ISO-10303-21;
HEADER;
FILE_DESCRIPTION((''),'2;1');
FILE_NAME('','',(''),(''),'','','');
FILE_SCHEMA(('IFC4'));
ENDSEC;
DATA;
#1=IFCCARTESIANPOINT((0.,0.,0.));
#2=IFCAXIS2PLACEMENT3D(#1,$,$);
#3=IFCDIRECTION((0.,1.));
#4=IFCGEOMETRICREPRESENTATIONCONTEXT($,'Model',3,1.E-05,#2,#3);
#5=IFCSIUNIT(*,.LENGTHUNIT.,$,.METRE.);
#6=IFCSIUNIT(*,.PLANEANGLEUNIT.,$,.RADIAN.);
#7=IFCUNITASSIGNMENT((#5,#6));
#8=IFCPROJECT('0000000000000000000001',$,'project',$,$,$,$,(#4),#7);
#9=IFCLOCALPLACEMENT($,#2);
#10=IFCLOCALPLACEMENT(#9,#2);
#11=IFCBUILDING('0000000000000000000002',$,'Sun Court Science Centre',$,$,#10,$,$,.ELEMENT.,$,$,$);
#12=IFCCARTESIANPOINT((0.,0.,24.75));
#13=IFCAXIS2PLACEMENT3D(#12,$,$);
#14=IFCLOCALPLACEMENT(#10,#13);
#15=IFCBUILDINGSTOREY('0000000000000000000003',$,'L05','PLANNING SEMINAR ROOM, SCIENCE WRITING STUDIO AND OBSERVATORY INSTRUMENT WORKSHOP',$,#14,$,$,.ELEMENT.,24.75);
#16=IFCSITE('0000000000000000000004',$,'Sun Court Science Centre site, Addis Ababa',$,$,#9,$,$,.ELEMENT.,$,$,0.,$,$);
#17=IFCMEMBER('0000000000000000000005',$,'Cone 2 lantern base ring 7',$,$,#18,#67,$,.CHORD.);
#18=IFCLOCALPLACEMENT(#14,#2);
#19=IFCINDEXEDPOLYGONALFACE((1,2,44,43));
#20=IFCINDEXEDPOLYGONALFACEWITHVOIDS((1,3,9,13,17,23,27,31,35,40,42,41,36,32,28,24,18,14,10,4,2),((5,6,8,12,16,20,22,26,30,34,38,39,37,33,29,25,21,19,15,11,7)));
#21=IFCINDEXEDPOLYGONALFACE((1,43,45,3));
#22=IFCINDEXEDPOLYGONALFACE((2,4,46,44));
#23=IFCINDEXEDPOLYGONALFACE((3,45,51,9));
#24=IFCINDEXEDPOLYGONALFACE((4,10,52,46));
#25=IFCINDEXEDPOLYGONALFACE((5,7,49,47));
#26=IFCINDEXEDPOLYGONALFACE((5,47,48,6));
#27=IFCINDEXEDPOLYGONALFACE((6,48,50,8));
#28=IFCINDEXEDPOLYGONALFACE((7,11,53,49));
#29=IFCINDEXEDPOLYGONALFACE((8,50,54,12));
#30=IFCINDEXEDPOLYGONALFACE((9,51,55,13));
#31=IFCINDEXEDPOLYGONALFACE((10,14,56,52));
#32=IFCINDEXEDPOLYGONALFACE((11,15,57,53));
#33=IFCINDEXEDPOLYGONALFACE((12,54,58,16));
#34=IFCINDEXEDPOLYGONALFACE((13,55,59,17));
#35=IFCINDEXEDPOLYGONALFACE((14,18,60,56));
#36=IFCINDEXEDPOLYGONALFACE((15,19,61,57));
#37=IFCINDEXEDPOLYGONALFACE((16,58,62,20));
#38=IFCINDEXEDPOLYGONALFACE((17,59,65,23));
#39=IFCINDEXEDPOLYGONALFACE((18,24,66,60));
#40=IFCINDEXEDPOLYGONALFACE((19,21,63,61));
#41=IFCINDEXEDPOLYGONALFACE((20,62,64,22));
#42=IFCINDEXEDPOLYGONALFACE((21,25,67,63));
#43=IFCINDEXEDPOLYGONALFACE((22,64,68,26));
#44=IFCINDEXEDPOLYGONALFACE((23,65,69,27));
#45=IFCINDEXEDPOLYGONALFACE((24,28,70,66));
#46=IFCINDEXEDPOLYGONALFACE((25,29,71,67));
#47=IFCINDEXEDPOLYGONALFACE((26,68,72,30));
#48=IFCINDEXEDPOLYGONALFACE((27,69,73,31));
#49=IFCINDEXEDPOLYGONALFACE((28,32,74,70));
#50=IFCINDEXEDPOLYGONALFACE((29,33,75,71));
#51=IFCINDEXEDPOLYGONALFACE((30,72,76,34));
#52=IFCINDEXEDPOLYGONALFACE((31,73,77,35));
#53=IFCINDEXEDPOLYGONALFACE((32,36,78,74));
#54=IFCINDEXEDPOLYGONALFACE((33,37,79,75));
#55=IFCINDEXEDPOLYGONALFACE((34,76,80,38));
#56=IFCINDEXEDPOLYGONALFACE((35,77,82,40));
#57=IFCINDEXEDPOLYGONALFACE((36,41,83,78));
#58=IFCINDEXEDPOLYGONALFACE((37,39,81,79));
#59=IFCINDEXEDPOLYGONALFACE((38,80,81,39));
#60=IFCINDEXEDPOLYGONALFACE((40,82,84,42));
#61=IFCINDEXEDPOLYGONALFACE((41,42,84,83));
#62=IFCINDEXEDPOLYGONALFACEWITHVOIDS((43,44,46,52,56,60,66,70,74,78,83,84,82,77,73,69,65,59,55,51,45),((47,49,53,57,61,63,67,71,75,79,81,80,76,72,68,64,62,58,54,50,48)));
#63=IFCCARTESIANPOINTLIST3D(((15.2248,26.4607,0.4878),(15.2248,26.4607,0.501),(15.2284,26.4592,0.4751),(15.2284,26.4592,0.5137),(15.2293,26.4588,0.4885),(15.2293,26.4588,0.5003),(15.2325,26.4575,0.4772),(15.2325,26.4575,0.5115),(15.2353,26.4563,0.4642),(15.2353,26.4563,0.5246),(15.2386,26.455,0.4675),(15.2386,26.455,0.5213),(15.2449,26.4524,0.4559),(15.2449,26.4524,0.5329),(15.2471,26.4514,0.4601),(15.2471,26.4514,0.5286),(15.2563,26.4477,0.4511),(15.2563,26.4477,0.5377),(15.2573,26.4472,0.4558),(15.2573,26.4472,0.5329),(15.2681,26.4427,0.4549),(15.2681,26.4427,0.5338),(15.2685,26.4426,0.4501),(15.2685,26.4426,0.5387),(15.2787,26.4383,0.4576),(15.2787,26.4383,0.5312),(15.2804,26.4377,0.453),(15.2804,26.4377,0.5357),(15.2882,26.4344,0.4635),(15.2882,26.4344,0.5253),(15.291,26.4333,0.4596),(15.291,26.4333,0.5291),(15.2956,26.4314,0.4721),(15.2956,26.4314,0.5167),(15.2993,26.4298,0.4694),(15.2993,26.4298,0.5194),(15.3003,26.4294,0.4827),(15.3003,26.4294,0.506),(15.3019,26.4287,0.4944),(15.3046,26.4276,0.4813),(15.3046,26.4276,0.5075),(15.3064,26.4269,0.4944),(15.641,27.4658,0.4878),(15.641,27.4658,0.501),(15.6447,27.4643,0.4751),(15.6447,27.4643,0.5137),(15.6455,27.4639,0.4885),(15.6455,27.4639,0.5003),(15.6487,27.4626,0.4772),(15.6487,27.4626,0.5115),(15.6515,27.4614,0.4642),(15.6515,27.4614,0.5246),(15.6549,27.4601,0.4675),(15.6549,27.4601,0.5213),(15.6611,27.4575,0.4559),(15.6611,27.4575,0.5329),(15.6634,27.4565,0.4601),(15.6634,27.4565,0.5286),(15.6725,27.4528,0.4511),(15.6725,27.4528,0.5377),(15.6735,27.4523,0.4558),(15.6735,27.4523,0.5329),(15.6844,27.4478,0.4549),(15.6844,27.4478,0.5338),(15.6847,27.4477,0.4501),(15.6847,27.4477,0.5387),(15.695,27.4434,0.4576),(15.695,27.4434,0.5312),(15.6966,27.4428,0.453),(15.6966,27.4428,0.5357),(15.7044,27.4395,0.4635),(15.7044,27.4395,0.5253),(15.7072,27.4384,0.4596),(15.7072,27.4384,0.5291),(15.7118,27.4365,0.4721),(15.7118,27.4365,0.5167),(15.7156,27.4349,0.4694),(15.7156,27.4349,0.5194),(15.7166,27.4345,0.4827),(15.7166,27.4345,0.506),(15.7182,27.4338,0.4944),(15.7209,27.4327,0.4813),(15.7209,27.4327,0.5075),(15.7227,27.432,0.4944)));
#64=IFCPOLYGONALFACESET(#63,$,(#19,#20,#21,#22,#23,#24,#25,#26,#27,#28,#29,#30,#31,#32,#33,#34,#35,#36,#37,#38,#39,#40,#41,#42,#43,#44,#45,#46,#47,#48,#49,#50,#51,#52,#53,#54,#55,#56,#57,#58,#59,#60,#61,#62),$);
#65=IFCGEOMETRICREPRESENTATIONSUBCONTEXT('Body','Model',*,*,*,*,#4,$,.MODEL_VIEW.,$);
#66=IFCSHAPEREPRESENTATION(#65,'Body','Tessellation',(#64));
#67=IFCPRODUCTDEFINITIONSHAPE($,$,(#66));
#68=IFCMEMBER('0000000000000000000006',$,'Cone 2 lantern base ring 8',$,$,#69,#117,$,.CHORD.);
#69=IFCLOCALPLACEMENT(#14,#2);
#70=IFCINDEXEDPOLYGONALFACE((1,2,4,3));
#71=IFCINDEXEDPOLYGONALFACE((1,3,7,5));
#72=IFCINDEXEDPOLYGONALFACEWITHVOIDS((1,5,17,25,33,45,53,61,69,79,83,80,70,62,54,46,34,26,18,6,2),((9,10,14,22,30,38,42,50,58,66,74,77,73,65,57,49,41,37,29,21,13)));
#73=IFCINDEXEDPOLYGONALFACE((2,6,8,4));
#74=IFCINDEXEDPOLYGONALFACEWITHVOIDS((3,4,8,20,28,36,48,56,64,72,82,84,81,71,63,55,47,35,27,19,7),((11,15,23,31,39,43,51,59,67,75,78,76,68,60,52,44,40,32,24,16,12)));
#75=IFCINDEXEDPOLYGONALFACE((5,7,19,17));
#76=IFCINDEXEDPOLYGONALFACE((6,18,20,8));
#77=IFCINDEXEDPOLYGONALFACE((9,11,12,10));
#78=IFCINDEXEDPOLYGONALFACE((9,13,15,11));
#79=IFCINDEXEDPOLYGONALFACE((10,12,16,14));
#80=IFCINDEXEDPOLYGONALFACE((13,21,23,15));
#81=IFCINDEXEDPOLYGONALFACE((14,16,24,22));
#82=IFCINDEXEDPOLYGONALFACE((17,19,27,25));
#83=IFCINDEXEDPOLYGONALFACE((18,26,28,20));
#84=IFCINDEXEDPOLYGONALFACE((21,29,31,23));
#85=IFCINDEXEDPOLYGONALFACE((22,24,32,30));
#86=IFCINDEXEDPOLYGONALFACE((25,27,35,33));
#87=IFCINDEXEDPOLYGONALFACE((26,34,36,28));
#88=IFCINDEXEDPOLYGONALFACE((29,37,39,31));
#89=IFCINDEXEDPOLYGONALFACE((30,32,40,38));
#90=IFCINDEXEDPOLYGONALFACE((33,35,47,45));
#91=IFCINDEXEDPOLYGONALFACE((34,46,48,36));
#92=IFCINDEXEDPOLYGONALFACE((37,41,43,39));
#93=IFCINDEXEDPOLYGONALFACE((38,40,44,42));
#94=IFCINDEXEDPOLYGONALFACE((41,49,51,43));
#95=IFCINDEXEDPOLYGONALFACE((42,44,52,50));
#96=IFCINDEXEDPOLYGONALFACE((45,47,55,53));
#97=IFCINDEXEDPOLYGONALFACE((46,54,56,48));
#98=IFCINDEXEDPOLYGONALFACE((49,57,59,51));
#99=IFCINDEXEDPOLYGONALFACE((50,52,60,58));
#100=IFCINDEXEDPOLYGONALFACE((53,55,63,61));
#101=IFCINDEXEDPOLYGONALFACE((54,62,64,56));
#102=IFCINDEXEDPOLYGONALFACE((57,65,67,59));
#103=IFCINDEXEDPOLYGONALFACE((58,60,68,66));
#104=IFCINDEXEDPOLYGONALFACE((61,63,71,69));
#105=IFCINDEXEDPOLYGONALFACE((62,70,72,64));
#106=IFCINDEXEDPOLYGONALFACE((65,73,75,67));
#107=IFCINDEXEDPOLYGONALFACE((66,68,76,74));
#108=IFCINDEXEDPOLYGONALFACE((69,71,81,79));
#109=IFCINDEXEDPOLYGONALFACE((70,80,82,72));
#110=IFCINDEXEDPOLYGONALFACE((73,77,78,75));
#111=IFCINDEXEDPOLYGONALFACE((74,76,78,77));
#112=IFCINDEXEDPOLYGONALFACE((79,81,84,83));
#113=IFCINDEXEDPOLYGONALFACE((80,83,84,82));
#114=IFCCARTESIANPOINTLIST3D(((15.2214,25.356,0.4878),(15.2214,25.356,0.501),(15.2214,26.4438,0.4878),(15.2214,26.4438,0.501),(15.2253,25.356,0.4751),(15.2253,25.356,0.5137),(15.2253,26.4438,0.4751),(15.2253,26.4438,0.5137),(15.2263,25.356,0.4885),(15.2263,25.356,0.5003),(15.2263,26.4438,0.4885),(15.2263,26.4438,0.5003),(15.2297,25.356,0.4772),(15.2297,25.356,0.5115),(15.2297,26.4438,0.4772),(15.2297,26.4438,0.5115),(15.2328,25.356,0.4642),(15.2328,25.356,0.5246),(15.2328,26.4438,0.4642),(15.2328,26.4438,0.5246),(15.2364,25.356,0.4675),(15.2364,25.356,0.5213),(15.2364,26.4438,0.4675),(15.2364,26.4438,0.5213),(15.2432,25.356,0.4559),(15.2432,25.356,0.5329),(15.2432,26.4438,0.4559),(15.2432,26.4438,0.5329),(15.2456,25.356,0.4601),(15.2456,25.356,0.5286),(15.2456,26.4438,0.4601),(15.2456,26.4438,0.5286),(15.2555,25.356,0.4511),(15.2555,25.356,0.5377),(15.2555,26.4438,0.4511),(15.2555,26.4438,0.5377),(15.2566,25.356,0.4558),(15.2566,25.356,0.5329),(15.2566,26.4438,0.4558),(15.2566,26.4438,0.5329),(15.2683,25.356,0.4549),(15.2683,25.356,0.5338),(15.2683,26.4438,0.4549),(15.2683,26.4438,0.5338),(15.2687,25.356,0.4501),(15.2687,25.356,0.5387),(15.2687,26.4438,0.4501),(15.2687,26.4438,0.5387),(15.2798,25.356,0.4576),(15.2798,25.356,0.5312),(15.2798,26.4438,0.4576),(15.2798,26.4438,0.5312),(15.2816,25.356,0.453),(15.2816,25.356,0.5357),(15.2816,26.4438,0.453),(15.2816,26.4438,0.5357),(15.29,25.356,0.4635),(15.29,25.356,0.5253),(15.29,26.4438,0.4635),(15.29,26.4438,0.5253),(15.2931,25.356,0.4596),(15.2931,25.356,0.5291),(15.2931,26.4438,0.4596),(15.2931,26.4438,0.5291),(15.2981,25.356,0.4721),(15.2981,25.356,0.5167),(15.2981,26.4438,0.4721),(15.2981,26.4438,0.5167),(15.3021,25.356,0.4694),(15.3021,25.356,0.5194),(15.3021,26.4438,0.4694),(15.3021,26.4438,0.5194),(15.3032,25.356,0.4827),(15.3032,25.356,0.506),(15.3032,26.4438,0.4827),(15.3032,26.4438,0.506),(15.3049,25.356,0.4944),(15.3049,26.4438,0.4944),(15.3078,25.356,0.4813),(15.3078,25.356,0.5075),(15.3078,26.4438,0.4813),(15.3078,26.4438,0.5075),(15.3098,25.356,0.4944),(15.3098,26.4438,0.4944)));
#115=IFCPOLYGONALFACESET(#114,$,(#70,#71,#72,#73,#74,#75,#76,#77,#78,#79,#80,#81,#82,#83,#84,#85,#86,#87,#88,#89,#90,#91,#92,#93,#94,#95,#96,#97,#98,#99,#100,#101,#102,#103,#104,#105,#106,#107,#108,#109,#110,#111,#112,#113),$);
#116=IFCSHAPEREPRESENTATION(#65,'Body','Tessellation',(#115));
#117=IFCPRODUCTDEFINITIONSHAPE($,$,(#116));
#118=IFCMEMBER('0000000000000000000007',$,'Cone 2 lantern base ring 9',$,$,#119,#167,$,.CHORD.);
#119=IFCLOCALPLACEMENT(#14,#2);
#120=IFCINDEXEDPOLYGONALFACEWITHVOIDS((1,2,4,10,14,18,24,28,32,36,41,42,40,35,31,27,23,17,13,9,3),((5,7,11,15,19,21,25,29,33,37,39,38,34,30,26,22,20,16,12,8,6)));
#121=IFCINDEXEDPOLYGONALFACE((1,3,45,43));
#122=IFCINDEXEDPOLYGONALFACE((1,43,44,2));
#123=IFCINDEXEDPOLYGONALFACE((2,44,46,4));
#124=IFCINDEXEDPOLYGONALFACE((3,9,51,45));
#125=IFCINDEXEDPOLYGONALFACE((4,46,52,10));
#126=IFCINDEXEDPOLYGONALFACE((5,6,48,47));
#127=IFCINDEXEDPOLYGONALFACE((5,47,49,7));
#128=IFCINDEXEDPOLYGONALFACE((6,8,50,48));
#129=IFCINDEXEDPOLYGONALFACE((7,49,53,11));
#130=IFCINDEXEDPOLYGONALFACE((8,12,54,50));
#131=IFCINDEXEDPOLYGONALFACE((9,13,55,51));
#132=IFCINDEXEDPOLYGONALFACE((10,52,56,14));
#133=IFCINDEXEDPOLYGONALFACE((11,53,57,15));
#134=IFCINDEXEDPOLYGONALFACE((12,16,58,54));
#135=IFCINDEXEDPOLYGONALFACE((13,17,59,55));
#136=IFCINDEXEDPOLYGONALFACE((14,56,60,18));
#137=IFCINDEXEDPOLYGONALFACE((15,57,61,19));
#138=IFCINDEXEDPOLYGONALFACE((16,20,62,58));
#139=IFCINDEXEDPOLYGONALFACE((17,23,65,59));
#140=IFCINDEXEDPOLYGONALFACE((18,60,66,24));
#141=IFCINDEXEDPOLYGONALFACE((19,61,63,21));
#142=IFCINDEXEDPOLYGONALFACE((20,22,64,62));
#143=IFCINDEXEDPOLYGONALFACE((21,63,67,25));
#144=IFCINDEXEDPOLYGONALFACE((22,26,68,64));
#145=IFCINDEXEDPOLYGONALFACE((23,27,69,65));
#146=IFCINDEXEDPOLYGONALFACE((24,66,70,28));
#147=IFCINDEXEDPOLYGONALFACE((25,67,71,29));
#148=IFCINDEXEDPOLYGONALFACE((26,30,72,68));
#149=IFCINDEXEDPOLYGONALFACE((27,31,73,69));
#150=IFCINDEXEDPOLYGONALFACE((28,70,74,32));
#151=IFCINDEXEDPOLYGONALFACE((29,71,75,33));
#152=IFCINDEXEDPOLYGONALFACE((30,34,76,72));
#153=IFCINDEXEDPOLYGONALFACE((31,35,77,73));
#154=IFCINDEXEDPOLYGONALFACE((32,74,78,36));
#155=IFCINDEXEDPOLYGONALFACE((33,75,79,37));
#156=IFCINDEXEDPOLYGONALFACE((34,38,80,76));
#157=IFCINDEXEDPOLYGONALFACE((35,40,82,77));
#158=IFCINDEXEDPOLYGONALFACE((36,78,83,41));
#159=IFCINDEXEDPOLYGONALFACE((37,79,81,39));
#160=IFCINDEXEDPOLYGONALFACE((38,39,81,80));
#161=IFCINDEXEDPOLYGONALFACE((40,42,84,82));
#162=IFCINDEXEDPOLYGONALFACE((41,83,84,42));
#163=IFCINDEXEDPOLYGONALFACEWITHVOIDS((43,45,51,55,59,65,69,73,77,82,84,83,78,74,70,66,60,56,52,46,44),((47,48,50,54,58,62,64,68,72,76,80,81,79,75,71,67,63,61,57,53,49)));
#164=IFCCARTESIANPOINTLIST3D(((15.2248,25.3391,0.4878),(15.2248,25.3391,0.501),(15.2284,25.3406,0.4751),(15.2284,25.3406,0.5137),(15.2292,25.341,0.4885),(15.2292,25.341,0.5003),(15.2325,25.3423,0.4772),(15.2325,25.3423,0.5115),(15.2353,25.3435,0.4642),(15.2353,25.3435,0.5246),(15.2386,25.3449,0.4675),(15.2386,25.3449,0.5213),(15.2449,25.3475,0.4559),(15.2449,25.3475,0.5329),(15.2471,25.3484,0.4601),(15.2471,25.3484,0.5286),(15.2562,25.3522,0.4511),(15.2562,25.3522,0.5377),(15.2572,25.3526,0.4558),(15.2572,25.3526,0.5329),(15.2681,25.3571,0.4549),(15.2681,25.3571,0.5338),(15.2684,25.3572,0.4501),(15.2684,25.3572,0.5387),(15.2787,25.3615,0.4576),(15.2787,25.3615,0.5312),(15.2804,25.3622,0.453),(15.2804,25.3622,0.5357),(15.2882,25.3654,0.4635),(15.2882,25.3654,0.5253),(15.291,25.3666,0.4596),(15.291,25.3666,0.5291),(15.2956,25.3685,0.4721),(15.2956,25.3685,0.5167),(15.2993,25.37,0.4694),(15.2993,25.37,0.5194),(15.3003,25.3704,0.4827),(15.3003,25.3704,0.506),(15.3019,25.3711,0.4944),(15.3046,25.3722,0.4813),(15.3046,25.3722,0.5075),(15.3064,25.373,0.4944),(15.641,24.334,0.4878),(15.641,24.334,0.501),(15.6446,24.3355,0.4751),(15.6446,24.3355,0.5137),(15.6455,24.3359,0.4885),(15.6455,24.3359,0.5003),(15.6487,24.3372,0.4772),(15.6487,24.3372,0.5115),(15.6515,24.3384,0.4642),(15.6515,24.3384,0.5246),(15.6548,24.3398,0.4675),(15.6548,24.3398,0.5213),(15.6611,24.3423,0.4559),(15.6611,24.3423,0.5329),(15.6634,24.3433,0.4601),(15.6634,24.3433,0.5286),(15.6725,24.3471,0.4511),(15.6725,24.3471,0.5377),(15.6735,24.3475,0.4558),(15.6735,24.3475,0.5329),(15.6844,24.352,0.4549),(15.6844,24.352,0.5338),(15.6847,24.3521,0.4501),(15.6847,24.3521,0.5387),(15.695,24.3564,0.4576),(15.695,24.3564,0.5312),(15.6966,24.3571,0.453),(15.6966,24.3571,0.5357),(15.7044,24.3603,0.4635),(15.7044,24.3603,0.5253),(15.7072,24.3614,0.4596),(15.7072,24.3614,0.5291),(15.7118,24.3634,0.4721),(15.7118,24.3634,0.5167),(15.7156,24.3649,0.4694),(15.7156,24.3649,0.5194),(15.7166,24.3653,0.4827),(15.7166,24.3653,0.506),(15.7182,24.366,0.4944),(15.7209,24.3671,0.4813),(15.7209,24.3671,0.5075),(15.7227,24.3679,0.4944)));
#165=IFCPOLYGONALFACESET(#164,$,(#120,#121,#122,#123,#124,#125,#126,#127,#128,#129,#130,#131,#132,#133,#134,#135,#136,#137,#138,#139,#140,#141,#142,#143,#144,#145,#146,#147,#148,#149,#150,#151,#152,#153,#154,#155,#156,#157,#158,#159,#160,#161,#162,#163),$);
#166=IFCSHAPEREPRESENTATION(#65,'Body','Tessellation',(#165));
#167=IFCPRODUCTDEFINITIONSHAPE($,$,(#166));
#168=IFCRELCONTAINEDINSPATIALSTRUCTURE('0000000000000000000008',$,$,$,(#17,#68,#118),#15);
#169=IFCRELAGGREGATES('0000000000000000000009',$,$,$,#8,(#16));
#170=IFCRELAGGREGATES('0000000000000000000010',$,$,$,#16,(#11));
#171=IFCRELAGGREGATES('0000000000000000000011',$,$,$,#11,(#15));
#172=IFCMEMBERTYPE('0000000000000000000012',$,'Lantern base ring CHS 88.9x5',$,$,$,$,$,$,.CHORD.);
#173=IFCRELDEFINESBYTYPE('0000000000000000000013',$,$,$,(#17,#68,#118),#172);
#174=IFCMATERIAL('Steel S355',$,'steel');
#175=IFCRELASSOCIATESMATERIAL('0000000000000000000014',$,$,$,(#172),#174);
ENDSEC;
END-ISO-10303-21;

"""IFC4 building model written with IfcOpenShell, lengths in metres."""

from ifc_helpers import new_model, si_unit, direction, frame, origin, origin_2d, place, context, subcontext, project, spatial, hollow_circle, extrude, material, material_profile, profile_set, type_object, element, save


model = new_model("IFC4")

# Units and contexts
model_context = context("Model", 3, precision=1e-05, world=origin(), true_north=direction((0.0, 1.0)))
body_context = subcontext(model_context, "Body", "Model", "MODEL_VIEW")
ifc_project = project(units=[si_unit("LENGTHUNIT", "METRE"), si_unit("PLANEANGLEUNIT", "RADIAN")], contexts=[model_context])

# Site, building, storey
site_placement = place(None, origin())
site = spatial("IfcSite", under=ifc_project, at=site_placement, Name="Sun Court Science Centre site, Addis Ababa", CompositionType="ELEMENT", RefElevation=0.0)
building_placement = place(site_placement, origin())
building = spatial("IfcBuilding", under=site, at=building_placement, Name="Sun Court Science Centre", CompositionType="ELEMENT")
storey_placement = place(building_placement, frame((0.0, 0.0, 24.75)))
storey = spatial("IfcBuildingStorey", under=building, at=storey_placement, Name="L05", Description="PLANNING SEMINAR ROOM, SCIENCE WRITING STUDIO AND OBSERVATORY INSTRUMENT WORKSHOP", CompositionType="ELEMENT", Elevation=24.75)

# Members
ifc_material_1 = material(Name="Steel S355", Category="steel")
ifc_material_profile_1 = material_profile(ifc_material_1, hollow_circle(Radius=0.0444, WallThickness=0.0049, at=origin_2d()), Name="CHS 88.9x5")
ifc_profile_set_1 = profile_set([ifc_material_profile_1], Name="Steel S355")
member_type_1 = type_object("IfcMemberType", Name="Lantern base ring CHS 88.9x5", PredefinedType="CHORD", material=ifc_profile_set_1)
for number, where, z_axis, x_axis, name in (
    (1, (15.6816, 27.449, 0.4944), (-0.382623, -0.923905, 0.0), (0.923905, -0.382623, 0.0), "Cone 2 lantern base ring 7"),
    (2, (15.2654, 26.4438, 0.4944), (0.0, -1.0, 0.0), (1.0, 0.0, 0.0), "Cone 2 lantern base ring 8"),
    (3, (15.2654, 25.356, 0.4944), (0.382623, -0.923905, 0.0), (0.923905, 0.382623, 0.0), "Cone 2 lantern base ring 9"),
):
    element("IfcMember", number, at=place(storey_placement, frame(where, z_axis=z_axis, x_axis=x_axis)), inside=storey, type_object=member_type_1, Name=name, PredefinedType="CHORD", context=body_context, shape_type="SweptSolid", body=[
        extrude(hollow_circle(Radius=0.0444, WallThickness=0.0049, at=origin_2d()), origin(), (0.0, 0.0, 1.0), 1.0879),
    ])

save(model, "model.ifc")
